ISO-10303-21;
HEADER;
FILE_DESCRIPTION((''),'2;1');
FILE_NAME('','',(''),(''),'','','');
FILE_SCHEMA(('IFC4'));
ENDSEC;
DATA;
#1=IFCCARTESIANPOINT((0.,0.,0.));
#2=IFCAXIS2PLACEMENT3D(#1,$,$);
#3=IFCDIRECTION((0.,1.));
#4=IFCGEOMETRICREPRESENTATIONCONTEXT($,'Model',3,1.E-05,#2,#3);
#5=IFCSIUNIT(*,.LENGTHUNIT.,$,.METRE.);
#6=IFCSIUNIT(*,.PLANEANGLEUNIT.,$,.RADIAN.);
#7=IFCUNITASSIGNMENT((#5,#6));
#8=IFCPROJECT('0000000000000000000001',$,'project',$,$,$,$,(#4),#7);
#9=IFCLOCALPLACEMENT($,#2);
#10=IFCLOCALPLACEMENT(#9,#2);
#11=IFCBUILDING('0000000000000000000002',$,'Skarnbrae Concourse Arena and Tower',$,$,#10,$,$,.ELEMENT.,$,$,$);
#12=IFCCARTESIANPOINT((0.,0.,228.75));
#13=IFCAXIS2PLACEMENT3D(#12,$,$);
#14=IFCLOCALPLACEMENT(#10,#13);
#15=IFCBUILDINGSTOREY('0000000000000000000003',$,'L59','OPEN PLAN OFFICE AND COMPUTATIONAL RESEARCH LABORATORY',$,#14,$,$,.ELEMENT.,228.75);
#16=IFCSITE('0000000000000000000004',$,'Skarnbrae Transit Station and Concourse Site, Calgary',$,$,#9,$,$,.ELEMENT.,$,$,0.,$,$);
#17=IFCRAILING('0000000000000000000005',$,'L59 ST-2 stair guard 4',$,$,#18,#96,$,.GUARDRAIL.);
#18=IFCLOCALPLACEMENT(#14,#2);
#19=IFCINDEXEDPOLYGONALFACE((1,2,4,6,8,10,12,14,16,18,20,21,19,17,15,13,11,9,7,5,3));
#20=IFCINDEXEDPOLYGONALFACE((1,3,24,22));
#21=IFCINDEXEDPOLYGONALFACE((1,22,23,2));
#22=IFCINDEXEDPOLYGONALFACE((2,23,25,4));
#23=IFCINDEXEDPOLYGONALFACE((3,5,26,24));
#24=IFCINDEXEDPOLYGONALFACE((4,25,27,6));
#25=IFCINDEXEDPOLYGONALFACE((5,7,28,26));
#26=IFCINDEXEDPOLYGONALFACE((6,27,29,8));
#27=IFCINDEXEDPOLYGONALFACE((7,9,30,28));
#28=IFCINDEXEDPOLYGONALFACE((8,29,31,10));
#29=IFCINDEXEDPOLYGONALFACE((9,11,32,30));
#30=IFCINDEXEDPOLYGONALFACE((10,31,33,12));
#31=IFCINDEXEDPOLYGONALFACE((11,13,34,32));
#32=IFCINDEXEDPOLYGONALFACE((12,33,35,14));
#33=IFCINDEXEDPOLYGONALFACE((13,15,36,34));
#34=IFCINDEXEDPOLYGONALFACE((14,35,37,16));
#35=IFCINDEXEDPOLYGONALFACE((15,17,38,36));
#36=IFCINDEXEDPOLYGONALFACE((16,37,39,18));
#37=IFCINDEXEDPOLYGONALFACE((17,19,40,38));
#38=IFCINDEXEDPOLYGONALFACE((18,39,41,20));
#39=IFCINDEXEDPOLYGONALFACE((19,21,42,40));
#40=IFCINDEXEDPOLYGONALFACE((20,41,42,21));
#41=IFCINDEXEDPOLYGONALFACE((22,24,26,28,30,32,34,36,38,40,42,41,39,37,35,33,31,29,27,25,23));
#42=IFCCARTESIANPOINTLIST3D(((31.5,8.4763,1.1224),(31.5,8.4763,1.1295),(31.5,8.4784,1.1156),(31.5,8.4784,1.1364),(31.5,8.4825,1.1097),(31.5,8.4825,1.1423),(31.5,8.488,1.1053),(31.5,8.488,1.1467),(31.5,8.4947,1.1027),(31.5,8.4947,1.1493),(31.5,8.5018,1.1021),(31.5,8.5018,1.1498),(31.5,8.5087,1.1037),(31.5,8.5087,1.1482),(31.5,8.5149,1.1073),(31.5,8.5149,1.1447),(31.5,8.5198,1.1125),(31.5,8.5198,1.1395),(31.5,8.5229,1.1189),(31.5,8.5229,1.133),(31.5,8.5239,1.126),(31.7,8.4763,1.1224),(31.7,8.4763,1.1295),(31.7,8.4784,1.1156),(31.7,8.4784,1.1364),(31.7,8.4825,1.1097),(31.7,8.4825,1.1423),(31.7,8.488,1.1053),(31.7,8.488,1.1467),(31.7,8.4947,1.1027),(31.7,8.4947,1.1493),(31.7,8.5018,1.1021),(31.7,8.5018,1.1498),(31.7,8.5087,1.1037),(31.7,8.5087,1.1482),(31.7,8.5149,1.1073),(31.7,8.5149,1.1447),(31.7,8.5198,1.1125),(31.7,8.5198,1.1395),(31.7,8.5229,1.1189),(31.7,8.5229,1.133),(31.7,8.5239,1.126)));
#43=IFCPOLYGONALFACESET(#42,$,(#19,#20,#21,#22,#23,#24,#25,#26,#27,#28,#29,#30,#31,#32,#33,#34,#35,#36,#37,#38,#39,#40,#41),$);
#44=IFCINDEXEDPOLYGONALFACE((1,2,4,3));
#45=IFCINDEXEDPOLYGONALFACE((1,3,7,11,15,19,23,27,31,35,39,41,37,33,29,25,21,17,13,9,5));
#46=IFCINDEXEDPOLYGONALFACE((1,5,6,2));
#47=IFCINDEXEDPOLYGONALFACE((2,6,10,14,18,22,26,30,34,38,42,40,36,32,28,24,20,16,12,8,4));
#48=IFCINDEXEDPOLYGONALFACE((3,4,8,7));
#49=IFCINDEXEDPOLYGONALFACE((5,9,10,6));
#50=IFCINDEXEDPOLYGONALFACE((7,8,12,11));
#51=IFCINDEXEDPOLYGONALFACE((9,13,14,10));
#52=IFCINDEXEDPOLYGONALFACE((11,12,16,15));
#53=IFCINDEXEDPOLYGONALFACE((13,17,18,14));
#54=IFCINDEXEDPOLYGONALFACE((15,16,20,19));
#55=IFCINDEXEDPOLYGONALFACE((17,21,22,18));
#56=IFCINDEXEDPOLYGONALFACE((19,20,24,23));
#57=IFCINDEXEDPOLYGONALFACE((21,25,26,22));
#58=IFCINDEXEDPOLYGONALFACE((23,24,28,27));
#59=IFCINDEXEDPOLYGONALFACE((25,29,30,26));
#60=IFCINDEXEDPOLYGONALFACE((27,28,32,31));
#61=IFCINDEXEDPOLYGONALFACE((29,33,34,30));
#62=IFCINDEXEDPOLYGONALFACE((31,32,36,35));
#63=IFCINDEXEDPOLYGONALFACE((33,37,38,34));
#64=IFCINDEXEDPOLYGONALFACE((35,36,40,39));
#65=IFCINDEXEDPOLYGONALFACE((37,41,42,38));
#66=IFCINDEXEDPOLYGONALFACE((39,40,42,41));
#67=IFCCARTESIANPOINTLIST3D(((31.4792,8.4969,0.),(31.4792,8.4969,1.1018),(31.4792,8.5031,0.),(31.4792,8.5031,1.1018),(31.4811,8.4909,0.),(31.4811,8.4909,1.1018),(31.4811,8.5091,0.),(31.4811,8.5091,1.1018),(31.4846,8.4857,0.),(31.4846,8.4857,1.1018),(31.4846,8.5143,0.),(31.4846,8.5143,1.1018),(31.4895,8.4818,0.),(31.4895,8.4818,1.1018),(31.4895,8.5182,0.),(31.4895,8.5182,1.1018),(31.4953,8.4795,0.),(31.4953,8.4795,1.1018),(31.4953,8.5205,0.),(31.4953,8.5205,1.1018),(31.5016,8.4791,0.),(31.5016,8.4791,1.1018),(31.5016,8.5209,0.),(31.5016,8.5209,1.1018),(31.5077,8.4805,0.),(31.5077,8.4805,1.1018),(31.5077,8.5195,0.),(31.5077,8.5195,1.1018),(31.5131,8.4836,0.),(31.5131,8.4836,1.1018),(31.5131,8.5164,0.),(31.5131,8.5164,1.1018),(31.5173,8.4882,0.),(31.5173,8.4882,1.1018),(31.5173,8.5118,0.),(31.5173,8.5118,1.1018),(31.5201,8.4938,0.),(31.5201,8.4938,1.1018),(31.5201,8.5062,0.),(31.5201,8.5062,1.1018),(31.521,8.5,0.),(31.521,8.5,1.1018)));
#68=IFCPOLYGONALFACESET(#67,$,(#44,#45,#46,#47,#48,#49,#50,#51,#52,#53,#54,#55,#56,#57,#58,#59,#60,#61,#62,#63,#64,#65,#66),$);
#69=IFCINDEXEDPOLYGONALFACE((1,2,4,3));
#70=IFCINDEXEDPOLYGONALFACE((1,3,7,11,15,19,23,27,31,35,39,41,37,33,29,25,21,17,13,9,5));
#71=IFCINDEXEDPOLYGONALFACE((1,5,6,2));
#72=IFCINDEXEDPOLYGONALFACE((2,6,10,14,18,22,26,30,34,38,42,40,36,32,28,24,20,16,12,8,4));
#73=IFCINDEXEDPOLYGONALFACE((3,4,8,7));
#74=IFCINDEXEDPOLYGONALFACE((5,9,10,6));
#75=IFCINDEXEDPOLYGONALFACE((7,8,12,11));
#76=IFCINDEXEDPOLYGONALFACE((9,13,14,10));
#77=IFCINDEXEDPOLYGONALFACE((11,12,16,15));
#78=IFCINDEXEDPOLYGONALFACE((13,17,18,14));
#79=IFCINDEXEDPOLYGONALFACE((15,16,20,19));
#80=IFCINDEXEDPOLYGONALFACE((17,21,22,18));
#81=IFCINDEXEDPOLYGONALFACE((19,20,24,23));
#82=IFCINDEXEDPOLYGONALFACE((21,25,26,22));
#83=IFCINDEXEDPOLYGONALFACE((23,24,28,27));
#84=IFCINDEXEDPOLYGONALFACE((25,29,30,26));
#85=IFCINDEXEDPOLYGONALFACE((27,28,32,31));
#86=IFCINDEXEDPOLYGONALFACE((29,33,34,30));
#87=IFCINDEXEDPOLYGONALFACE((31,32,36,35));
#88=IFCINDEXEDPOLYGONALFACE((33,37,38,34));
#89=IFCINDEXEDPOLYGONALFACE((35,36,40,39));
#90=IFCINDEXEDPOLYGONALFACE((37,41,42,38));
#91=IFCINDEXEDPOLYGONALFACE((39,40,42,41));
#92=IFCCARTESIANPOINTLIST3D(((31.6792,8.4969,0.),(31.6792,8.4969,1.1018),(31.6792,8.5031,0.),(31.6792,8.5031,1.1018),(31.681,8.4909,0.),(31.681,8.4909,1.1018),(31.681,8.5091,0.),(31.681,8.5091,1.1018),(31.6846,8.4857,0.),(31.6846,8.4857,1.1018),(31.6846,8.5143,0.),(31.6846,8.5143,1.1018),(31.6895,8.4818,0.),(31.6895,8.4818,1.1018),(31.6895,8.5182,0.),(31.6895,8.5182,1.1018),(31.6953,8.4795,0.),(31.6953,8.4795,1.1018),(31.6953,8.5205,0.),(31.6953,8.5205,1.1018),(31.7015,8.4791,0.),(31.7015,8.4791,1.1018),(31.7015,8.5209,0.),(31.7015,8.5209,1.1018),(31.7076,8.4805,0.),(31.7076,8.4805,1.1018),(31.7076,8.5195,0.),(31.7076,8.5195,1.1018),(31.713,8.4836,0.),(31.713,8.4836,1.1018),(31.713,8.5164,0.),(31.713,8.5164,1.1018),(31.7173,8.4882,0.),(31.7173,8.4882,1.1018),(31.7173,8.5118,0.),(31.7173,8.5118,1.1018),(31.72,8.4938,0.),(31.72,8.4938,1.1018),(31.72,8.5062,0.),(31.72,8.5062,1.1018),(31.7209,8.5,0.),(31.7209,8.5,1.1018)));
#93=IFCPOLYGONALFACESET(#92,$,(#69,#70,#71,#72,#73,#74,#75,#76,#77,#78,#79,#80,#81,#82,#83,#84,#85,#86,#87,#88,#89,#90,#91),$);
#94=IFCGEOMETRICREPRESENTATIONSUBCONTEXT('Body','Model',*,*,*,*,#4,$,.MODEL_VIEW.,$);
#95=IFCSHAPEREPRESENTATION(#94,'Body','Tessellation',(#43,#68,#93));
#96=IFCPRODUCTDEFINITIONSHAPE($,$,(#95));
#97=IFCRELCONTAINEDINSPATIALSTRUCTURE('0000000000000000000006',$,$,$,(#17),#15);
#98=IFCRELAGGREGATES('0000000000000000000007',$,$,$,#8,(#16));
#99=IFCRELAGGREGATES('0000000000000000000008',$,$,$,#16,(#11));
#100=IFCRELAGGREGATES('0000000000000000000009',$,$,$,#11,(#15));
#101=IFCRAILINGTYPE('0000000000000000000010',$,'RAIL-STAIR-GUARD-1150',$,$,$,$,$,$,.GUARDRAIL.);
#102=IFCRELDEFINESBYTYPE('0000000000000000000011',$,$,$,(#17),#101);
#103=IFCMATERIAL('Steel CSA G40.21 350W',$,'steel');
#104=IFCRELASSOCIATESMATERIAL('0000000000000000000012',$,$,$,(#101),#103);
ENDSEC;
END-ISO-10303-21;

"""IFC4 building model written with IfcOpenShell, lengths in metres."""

from ifc_helpers import new_model, si_unit, direction, frame, origin, origin_2d, place, context, subcontext, project, spatial, circle, extrude, material, type_object, element, save


model = new_model("IFC4")

# Units and contexts
model_context = context("Model", 3, precision=1e-05, world=origin(), true_north=direction((0.0, 1.0)))
body_context = subcontext(model_context, "Body", "Model", "MODEL_VIEW")
ifc_project = project(units=[si_unit("LENGTHUNIT", "METRE"), si_unit("PLANEANGLEUNIT", "RADIAN")], contexts=[model_context])

# Site, building, storey
site_placement = place(None, origin())
site = spatial("IfcSite", under=ifc_project, at=site_placement, Name="Skarnbrae Transit Station and Concourse Site, Calgary", CompositionType="ELEMENT", RefElevation=0.0)
building_placement = place(site_placement, origin())
building = spatial("IfcBuilding", under=site, at=building_placement, Name="Skarnbrae Concourse Arena and Tower", CompositionType="ELEMENT")
storey_placement = place(building_placement, frame((0.0, 0.0, 228.75)))
storey = spatial("IfcBuildingStorey", under=building, at=storey_placement, Name="L59", Description="OPEN PLAN OFFICE AND COMPUTATIONAL RESEARCH LABORATORY", CompositionType="ELEMENT", Elevation=228.75)

# Shared definitions
ifc_material_1 = material(Name="Steel CSA G40.21 350W", Category="steel")

# Railing
railing_type = type_object("IfcRailingType", Name="RAIL-STAIR-GUARD-1150", PredefinedType="GUARDRAIL", material=ifc_material_1)
railing_1_placement = place(storey_placement, frame((31.5, 8.5, 0.0)))
element("IfcRailing", 1, at=railing_1_placement, inside=storey, type_object=railing_type, Name="L59 ST-2 stair guard 4", PredefinedType="GUARDRAIL", context=body_context, shape_type="SweptSolid", body=[
    extrude(circle(Radius=0.0239, at=origin_2d()), frame((0.0, 0.0, 1.126), z_axis=(1.0, 0.0, 0.0), x_axis=(0.0, 1.0, 0.0)), (0.0, 0.0, 1.0), 0.2),
    extrude(circle(Radius=0.021, at=origin_2d()), origin(), (0.0, 0.0, 1.0), 1.1018),
    extrude(circle(Radius=0.021, at=origin_2d()), frame((0.2, 0.0, 0.0)), (0.0, 0.0, 1.0), 1.1018),
])

save(model, "model.ifc")
